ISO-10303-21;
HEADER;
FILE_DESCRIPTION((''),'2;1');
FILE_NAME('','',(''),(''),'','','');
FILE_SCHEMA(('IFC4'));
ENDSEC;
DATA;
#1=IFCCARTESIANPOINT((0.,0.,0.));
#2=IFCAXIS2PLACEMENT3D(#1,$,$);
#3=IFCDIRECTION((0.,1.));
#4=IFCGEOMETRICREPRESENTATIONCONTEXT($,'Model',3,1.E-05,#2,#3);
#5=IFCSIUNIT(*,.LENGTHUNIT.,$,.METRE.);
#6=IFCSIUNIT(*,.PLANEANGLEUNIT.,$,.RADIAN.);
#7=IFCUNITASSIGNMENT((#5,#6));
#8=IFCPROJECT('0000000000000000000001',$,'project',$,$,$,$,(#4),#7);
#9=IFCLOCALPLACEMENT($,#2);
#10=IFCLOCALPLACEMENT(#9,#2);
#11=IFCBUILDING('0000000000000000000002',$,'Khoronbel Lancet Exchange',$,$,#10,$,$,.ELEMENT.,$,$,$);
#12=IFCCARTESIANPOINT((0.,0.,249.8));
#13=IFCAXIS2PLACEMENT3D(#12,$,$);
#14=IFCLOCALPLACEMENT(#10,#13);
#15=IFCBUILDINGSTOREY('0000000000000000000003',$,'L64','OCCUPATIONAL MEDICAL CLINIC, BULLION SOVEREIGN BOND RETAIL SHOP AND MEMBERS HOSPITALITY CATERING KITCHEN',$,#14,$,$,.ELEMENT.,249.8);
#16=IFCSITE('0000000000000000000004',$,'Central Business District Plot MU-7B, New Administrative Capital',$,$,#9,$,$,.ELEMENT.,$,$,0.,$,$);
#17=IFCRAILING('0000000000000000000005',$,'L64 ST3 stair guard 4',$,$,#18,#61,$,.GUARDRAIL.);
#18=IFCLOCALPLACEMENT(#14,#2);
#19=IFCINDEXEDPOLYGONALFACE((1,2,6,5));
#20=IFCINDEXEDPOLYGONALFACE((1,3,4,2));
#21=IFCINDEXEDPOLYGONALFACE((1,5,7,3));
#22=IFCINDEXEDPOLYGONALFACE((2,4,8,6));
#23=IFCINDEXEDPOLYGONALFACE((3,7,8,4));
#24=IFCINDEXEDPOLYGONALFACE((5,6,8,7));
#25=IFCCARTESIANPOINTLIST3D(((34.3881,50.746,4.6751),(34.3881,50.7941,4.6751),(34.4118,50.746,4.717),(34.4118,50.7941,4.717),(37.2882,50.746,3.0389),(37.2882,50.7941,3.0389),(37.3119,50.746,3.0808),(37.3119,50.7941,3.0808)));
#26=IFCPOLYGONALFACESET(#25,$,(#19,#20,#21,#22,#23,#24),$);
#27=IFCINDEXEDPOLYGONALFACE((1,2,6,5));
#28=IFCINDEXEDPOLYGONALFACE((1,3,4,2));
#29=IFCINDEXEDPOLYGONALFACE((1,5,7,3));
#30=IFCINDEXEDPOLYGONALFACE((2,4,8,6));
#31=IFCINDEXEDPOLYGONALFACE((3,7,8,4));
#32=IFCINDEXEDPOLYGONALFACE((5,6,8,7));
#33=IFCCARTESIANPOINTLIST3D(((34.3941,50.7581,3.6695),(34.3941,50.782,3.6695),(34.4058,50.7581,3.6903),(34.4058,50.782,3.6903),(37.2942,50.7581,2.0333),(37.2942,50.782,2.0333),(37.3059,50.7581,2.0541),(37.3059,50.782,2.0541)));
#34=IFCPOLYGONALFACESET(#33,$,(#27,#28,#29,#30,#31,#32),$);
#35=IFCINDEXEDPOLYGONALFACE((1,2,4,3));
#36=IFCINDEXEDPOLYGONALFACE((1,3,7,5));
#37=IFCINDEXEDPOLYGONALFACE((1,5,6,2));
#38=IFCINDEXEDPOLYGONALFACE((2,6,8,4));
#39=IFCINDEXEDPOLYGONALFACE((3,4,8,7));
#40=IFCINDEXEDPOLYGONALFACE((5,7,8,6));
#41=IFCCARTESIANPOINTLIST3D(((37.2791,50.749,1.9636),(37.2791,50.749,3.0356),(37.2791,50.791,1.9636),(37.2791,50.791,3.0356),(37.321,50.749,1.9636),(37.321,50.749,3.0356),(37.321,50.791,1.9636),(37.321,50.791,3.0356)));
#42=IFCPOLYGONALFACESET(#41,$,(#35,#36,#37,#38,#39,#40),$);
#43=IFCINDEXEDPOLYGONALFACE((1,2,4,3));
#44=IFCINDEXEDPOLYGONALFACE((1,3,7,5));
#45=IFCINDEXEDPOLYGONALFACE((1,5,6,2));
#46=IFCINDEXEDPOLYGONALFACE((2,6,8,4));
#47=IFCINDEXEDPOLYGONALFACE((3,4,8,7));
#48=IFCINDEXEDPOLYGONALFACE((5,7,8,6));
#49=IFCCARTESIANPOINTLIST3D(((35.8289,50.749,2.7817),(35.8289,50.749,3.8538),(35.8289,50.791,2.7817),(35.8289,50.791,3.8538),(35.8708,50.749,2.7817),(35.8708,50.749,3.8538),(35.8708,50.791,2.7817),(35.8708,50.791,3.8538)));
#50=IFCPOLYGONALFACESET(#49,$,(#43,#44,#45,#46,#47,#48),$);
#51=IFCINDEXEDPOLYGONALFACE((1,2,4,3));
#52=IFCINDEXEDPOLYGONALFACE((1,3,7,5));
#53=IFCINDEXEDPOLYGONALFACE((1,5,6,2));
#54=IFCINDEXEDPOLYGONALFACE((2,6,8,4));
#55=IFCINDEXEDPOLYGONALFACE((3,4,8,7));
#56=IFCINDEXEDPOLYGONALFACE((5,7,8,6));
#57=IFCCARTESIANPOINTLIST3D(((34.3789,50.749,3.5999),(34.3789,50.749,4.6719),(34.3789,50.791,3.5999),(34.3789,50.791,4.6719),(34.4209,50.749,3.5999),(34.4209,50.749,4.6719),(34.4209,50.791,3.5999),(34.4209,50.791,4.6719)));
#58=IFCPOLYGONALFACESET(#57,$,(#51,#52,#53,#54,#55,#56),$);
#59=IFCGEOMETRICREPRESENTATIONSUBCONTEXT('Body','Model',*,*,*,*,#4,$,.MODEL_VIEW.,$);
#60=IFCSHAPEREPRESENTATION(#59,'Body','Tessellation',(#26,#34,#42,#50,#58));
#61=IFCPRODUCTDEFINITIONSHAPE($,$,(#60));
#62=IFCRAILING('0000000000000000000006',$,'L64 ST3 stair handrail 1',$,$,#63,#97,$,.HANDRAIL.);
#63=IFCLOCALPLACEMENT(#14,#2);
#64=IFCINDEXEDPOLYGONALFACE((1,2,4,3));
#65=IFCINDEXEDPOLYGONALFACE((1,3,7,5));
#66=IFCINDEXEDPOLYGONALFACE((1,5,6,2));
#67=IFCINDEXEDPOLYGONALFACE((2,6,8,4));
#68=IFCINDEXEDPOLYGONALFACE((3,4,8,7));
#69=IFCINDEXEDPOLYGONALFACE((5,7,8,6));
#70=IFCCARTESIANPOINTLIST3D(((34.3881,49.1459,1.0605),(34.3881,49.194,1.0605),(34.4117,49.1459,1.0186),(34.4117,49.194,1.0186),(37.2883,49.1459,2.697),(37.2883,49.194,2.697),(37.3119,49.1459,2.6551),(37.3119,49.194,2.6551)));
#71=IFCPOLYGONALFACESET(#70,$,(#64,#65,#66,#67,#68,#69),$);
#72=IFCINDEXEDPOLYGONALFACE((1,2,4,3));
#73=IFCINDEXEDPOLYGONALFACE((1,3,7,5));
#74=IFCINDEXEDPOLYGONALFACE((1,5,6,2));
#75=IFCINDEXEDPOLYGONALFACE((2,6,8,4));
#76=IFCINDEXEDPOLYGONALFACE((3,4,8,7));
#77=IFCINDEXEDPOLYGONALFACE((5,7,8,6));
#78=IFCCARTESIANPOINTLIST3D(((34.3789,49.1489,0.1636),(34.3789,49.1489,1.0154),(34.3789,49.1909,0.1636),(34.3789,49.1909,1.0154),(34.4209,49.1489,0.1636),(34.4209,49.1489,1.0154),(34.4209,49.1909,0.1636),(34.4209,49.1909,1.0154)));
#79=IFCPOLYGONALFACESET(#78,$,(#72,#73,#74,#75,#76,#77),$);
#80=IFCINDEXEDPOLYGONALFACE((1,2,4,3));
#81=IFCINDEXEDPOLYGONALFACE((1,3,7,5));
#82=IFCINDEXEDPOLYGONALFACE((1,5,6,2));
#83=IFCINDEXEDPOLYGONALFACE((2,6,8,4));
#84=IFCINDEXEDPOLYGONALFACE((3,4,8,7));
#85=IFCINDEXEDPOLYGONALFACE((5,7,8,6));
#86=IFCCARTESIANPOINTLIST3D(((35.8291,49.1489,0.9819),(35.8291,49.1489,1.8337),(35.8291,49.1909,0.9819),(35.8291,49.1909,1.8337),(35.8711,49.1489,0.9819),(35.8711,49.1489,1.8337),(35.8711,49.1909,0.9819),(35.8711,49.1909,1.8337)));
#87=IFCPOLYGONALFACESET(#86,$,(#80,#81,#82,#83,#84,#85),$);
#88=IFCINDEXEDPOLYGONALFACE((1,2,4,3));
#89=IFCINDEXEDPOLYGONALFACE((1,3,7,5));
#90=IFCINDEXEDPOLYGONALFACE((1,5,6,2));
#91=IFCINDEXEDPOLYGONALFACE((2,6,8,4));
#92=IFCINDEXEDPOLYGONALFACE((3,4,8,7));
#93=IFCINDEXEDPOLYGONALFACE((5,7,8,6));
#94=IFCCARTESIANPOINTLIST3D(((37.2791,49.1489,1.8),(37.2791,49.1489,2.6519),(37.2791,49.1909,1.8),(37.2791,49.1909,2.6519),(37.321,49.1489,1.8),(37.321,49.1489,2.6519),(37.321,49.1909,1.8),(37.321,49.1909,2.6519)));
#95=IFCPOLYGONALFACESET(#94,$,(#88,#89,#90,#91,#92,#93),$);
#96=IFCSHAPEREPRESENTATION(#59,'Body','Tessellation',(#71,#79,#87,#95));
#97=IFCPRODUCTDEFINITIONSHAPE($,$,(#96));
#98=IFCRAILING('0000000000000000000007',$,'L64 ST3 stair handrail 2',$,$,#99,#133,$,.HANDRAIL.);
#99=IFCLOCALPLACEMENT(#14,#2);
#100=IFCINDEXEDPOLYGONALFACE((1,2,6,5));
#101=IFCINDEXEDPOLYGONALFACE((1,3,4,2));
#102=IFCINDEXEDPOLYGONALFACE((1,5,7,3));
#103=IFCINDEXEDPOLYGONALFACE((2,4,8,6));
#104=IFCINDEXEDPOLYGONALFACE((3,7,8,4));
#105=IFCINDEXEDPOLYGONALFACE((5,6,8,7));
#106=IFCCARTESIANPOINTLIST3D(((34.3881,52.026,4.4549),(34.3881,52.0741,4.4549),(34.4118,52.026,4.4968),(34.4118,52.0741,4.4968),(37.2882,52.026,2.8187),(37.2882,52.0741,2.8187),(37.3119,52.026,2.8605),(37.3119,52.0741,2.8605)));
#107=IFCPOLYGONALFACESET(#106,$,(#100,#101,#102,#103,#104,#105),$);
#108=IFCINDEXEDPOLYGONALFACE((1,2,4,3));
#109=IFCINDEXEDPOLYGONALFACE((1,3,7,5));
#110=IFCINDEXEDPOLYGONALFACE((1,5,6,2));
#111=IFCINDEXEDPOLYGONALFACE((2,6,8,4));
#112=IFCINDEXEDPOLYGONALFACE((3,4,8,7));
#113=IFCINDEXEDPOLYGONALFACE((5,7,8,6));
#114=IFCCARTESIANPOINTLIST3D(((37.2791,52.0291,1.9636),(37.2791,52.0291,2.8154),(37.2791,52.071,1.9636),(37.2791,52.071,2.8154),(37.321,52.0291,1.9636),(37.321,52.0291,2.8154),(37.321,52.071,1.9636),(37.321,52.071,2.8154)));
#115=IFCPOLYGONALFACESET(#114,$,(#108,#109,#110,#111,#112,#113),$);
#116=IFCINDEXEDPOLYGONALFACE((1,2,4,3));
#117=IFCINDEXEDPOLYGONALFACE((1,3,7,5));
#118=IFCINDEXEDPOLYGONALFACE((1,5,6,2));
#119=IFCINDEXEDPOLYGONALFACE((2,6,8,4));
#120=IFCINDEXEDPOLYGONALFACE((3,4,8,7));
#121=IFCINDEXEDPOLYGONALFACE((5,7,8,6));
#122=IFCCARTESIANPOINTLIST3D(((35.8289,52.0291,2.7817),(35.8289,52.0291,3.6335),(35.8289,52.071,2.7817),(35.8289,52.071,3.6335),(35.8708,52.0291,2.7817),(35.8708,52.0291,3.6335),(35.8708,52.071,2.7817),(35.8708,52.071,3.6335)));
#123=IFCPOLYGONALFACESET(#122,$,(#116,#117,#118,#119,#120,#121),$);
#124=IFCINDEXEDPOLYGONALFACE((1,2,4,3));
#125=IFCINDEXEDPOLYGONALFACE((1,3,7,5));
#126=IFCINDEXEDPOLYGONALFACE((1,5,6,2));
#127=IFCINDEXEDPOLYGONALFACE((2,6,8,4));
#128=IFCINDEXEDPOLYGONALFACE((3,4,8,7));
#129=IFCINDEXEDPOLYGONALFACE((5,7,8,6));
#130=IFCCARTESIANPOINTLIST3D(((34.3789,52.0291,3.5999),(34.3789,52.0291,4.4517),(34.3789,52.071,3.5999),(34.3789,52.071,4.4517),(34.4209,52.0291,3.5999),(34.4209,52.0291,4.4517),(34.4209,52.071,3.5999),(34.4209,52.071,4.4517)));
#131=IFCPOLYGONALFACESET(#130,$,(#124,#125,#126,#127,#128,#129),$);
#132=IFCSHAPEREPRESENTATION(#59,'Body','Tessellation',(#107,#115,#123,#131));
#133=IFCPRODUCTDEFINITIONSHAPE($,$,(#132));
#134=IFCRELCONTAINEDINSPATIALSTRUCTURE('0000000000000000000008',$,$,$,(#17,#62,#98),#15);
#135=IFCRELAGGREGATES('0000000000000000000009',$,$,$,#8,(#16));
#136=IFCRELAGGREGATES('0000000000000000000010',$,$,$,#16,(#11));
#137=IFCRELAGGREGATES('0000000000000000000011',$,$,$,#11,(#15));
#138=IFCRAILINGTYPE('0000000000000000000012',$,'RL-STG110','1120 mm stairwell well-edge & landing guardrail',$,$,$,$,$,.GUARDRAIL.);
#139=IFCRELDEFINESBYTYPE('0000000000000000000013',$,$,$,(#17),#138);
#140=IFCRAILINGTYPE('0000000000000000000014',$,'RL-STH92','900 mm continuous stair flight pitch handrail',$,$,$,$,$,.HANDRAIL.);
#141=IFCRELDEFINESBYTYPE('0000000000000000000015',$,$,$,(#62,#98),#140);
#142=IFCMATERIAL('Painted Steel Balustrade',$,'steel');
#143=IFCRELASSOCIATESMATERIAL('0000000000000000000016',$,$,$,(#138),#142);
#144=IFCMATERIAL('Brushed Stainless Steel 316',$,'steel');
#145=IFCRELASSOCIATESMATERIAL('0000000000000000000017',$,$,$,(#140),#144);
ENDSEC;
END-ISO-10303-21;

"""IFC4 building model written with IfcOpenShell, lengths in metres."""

from ifc_helpers import new_model, si_unit, direction, frame, origin, origin_2d, place, context, subcontext, project, spatial, rectangle, extrude, material, type_object, element, save


model = new_model("IFC4")

# Units and contexts
model_context = context("Model", 3, precision=1e-05, world=origin(), true_north=direction((0.0, 1.0)))
body_context = subcontext(model_context, "Body", "Model", "MODEL_VIEW")
ifc_project = project(units=[si_unit("LENGTHUNIT", "METRE"), si_unit("PLANEANGLEUNIT", "RADIAN")], contexts=[model_context])

# Site, building, storey
site_placement = place(None, origin())
site = spatial("IfcSite", under=ifc_project, at=site_placement, Name="Central Business District Plot MU-7B, New Administrative Capital", CompositionType="ELEMENT", RefElevation=0.0)
building_placement = place(site_placement, origin())
building = spatial("IfcBuilding", under=site, at=building_placement, Name="Khoronbel Lancet Exchange", CompositionType="ELEMENT")
storey_placement = place(building_placement, frame((0.0, 0.0, 249.8)))
storey = spatial("IfcBuildingStorey", under=building, at=storey_placement, Name="L64", Description="OCCUPATIONAL MEDICAL CLINIC, BULLION SOVEREIGN BOND RETAIL SHOP AND MEMBERS HOSPITALITY CATERING KITCHEN", CompositionType="ELEMENT", Elevation=249.8)

# Railings
ifc_material_1 = material(Name="Painted Steel Balustrade", Category="steel")
railing_type_1 = type_object("IfcRailingType", Name="RL-STG110", Description="1120 mm stairwell well-edge & landing guardrail", PredefinedType="GUARDRAIL", material=ifc_material_1)
railing_1_placement = place(storey_placement, frame((37.3, 50.77, 1.9636)))
element("IfcRailing", 1, at=railing_1_placement, inside=storey, type_object=railing_type_1, Name="L64 ST3 stair guard 4", PredefinedType="GUARDRAIL", context=body_context, shape_type="SweptSolid", body=[
    extrude(rectangle(XDim=0.0481, YDim=0.0481, at=origin_2d()), frame((0.0, 0.0, 1.0962), z_axis=(-0.870946, 0.0, 0.491378), x_axis=(0.0, -1.0, 0.0)), (0.0, 0.0, 1.0), 3.3298),
    extrude(rectangle(XDim=0.0239, YDim=0.0239, at=origin_2d()), frame((0.0, 0.0, 0.0801), z_axis=(-0.870946, 0.0, 0.491378), x_axis=(0.0, -1.0, 0.0)), (0.0, 0.0, 1.0), 3.3298),
    extrude(rectangle(XDim=0.042, YDim=0.042, at=origin_2d()), origin(), (0.0, 0.0, 1.0), 1.072),
    extrude(rectangle(XDim=0.042, YDim=0.042, at=origin_2d()), frame((-1.4502, 0.0, 0.8181)), (0.0, 0.0, 1.0), 1.072),
    extrude(rectangle(XDim=0.042, YDim=0.042, at=origin_2d()), frame((-2.9001, 0.0, 1.6362)), (0.0, 0.0, 1.0), 1.072),
])
ifc_material_2 = material(Name="Brushed Stainless Steel 316", Category="steel")
railing_type_2 = type_object("IfcRailingType", Name="RL-STH92", Description="900 mm continuous stair flight pitch handrail", PredefinedType="HANDRAIL", material=ifc_material_2)
railing_2_placement = place(storey_placement, frame((34.3999, 49.1699, 0.1636)))
element("IfcRailing", 2, at=railing_2_placement, inside=storey, type_object=railing_type_2, Name="L64 ST3 stair handrail 1", PredefinedType="HANDRAIL", context=body_context, shape_type="SweptSolid", body=[
    extrude(rectangle(XDim=0.0481, YDim=0.0481, at=origin_2d()), frame((0.0, 0.0, 0.876), z_axis=(0.870915, 0.0, 0.491434), x_axis=(0.0, 1.0, 0.0)), (0.0, 0.0, 1.0), 3.3301),
    extrude(rectangle(XDim=0.042, YDim=0.042, at=origin_2d()), origin(), (0.0, 0.0, 1.0), 0.8518),
    extrude(rectangle(XDim=0.042, YDim=0.042, at=origin_2d()), frame((1.4502, 0.0, 0.8184)), (0.0, 0.0, 1.0), 0.8518),
    extrude(rectangle(XDim=0.042, YDim=0.042, at=origin_2d()), frame((2.9001, 0.0, 1.6365)), (0.0, 0.0, 1.0), 0.8518),
])
railing_3_placement = place(storey_placement, frame((37.3, 52.05, 1.9636)))
element("IfcRailing", 3, at=railing_3_placement, inside=storey, type_object=railing_type_2, Name="L64 ST3 stair handrail 2", PredefinedType="HANDRAIL", context=body_context, shape_type="SweptSolid", body=[
    extrude(rectangle(XDim=0.0481, YDim=0.0481, at=origin_2d()), frame((0.0, 0.0, 0.876), z_axis=(-0.870946, 0.0, 0.491378), x_axis=(0.0, -1.0, 0.0)), (0.0, 0.0, 1.0), 3.3298),
    extrude(rectangle(XDim=0.042, YDim=0.042, at=origin_2d()), origin(), (0.0, 0.0, 1.0), 0.8518),
    extrude(rectangle(XDim=0.042, YDim=0.042, at=origin_2d()), frame((-1.4502, 0.0, 0.8181)), (0.0, 0.0, 1.0), 0.8518),
    extrude(rectangle(XDim=0.042, YDim=0.042, at=origin_2d()), frame((-2.9001, 0.0, 1.6362)), (0.0, 0.0, 1.0), 0.8518),
])

save(model, "model.ifc")
